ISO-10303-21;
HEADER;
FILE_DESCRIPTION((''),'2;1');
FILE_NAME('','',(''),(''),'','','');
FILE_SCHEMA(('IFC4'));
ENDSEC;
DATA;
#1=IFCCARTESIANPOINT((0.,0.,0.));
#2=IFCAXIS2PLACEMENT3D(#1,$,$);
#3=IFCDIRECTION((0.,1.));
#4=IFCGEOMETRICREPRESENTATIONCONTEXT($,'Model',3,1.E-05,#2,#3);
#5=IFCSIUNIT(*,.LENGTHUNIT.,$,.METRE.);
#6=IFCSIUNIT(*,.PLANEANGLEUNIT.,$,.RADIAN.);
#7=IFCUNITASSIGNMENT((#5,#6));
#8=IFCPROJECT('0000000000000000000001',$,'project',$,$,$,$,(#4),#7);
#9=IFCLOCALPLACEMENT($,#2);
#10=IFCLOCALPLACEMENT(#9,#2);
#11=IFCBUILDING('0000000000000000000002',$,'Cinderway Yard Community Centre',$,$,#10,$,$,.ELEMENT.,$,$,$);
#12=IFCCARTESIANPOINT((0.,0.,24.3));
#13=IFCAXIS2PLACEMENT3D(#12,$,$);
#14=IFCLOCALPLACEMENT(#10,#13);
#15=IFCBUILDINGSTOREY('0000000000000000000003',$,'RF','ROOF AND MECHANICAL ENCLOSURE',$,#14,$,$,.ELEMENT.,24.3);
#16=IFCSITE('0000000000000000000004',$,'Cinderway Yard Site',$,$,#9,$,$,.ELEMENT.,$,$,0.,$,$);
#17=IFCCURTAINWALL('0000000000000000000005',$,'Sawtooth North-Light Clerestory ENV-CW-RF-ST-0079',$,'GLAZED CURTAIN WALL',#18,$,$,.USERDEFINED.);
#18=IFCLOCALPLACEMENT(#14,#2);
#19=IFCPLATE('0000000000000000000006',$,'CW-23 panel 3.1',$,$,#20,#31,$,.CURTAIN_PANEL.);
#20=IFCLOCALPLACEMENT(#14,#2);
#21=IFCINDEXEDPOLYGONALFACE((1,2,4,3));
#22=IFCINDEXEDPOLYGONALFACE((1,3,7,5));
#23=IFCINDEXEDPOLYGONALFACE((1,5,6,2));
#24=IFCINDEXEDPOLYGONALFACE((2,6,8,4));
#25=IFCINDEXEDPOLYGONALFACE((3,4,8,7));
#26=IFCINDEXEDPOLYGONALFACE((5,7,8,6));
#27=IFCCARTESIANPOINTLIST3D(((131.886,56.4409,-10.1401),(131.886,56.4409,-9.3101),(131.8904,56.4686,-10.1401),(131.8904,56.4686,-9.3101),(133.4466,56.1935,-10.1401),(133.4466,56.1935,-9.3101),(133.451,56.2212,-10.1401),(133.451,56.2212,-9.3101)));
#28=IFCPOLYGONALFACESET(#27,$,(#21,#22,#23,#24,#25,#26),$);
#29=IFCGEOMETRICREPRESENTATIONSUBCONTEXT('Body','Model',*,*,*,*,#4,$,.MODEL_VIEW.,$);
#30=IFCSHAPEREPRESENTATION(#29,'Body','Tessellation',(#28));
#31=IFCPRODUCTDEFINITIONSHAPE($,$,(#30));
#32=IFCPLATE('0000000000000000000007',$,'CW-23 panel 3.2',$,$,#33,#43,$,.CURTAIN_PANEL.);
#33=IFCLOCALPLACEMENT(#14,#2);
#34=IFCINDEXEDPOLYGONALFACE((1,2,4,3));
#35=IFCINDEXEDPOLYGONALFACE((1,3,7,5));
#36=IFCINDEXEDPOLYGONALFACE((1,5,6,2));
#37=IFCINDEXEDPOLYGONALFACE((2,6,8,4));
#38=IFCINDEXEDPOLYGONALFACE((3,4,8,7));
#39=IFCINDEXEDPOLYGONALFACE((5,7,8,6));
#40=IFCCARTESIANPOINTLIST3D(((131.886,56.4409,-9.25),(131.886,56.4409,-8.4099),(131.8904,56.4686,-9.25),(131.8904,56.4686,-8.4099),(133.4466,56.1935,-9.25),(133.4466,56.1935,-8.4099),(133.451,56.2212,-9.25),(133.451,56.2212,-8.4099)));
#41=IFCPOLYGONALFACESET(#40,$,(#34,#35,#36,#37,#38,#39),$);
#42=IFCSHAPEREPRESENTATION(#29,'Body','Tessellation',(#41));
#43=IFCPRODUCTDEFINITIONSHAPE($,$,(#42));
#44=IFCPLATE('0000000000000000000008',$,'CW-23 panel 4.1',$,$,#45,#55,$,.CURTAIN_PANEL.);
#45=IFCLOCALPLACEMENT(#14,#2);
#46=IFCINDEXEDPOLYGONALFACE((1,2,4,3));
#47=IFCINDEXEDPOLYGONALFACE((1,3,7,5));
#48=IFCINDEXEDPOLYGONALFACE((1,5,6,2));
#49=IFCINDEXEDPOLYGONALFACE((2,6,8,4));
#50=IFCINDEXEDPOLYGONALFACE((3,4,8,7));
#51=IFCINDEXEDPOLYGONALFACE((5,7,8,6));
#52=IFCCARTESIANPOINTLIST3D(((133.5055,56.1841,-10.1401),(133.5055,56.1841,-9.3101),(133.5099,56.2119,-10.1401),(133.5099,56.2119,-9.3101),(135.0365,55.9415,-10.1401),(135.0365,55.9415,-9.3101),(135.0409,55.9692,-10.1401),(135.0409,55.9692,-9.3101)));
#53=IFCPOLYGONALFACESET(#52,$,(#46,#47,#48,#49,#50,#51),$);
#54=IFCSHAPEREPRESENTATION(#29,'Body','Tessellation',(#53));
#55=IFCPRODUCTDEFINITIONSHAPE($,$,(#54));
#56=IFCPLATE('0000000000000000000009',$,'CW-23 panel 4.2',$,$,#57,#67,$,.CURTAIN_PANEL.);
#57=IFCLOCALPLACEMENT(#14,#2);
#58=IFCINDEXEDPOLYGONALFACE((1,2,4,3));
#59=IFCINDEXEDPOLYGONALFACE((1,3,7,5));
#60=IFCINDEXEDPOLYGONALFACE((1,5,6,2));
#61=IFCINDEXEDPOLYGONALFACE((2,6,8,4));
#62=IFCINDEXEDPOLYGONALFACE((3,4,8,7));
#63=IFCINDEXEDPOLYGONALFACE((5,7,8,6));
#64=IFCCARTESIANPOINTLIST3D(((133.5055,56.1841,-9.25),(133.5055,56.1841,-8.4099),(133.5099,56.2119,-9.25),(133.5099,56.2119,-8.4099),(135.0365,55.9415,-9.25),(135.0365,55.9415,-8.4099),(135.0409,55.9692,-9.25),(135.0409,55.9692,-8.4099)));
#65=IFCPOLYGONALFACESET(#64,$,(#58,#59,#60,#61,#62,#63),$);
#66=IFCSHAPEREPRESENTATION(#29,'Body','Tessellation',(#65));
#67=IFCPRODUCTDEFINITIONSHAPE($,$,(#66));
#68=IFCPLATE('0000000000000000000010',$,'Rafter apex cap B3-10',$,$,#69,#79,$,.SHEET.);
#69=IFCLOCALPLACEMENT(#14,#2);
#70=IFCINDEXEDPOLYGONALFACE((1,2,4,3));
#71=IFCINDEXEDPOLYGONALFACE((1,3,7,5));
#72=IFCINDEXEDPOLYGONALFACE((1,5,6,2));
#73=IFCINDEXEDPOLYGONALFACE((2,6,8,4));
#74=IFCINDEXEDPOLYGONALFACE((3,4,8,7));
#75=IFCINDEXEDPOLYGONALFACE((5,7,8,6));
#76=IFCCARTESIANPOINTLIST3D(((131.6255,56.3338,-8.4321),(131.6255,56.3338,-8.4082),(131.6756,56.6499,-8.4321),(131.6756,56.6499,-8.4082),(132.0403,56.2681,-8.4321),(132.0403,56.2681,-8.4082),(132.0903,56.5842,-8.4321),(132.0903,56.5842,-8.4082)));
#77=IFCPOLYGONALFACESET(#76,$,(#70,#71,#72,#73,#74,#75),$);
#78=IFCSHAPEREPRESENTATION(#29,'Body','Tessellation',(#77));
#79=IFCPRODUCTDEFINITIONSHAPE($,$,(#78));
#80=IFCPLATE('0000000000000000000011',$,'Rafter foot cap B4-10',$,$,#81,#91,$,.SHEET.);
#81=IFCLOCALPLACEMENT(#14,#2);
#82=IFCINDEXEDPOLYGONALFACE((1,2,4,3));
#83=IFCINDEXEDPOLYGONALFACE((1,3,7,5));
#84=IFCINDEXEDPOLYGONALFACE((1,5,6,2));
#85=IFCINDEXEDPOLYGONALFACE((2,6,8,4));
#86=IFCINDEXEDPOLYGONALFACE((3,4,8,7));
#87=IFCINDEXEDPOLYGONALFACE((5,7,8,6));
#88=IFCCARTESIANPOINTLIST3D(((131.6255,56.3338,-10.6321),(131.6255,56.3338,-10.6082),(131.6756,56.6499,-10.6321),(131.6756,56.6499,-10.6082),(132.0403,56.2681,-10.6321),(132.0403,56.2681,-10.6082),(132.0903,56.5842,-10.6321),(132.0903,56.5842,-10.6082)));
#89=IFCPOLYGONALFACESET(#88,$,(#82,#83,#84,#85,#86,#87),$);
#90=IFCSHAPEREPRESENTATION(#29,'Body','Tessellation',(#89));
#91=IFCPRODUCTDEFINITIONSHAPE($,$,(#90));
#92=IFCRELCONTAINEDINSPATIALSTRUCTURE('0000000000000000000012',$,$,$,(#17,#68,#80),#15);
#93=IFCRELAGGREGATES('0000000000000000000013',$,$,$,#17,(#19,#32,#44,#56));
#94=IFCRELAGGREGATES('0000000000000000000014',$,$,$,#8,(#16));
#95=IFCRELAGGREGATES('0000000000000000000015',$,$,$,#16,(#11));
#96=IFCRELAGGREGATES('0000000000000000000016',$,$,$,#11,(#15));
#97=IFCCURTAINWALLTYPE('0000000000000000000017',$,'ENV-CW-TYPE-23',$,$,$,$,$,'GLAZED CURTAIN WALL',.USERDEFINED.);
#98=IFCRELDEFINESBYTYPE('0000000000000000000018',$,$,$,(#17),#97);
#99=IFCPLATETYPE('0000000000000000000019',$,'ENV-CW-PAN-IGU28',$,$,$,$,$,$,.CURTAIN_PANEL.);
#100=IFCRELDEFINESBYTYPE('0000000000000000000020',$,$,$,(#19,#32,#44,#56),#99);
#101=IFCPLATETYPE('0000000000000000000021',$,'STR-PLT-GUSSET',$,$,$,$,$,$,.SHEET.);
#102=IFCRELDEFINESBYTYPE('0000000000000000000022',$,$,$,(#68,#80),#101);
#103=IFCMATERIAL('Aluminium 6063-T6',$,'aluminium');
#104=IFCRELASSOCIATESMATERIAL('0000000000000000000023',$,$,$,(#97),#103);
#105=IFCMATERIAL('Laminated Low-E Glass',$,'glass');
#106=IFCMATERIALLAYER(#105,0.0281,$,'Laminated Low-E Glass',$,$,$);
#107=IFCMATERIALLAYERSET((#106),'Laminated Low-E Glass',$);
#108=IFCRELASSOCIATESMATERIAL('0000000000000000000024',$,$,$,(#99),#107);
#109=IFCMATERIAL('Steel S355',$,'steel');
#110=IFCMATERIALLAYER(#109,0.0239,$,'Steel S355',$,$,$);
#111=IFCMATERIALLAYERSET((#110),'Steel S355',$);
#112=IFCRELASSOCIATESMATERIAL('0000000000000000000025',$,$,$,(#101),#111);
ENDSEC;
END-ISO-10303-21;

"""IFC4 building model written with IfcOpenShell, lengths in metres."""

from ifc_helpers import new_model, si_unit, direction, frame, origin, origin_2d, place, context, subcontext, project, spatial, rectangle, extrude, material, layer, layer_set, type_object, element, aggregate, save


model = new_model("IFC4")

# Units and contexts
model_context = context("Model", 3, precision=1e-05, world=origin(), true_north=direction((0.0, 1.0)))
body_context = subcontext(model_context, "Body", "Model", "MODEL_VIEW")
ifc_project = project(units=[si_unit("LENGTHUNIT", "METRE"), si_unit("PLANEANGLEUNIT", "RADIAN")], contexts=[model_context])

# Site, building, storey
site_placement = place(None, origin())
site = spatial("IfcSite", under=ifc_project, at=site_placement, Name="Cinderway Yard Site", CompositionType="ELEMENT", RefElevation=0.0)
building_placement = place(site_placement, origin())
building = spatial("IfcBuilding", under=site, at=building_placement, Name="Cinderway Yard Community Centre", CompositionType="ELEMENT")
storey_placement = place(building_placement, frame((0.0, 0.0, 24.3)))
storey = spatial("IfcBuildingStorey", under=building, at=storey_placement, Name="RF", Description="ROOF AND MECHANICAL ENCLOSURE", CompositionType="ELEMENT", Elevation=24.3)

# Shared definitions
ifc_material_1 = material(Name="Aluminium 6063-T6", Category="aluminium")
curtain_wall_type = type_object("IfcCurtainWallType", Name="ENV-CW-TYPE-23", ElementType="GLAZED CURTAIN WALL", PredefinedType="USERDEFINED", material=ifc_material_1)

# Curtain wall
curtain_wall_1_placement = place(storey_placement, origin())
curtain_wall_1 = element("IfcCurtainWall", 1, at=curtain_wall_1_placement, inside=storey, type_object=curtain_wall_type, Name="Sawtooth North-Light Clerestory ENV-CW-RF-ST-0079", ObjectType="GLAZED CURTAIN WALL", PredefinedType="USERDEFINED")

# Shared definitions
ifc_material_2 = material(Name="Steel S355", Category="steel")

# Plates
ifc_material_3 = material(Name="Laminated Low-E Glass", Category="glass")
ifc_layer_1 = layer(ifc_material_3, 0.0281, Name="Laminated Low-E Glass")
ifc_layer_set_1 = layer_set([ifc_layer_1], Name="Laminated Low-E Glass")
plate_type_1 = type_object("IfcPlateType", Name="ENV-CW-PAN-IGU28", PredefinedType="CURTAIN_PANEL", material=ifc_layer_set_1)
plate_1_placement = place(storey_placement, frame((132.6685, 56.3311, -10.1401), z_axis=(0.0, 0.0, 1.0), x_axis=(0.987669, -0.156557, 0.0)))
plate_1 = element("IfcPlate", 2, at=plate_1_placement, type_object=plate_type_1, Name="CW-23 panel 3.1", PredefinedType="CURTAIN_PANEL", context=body_context, shape_type="SweptSolid", body=[
    extrude(rectangle(XDim=1.5801, YDim=0.0281, at=origin_2d()), origin(), (0.0, 0.0, 1.0), 0.8301),
])
plate_2_placement = place(storey_placement, frame((132.6685, 56.3311, -9.25), z_axis=(0.0, 0.0, 1.0), x_axis=(0.987669, -0.156557, 0.0)))
plate_2 = element("IfcPlate", 3, at=plate_2_placement, type_object=plate_type_1, Name="CW-23 panel 3.2", PredefinedType="CURTAIN_PANEL", context=body_context, shape_type="SweptSolid", body=[
    extrude(rectangle(XDim=1.5801, YDim=0.0281, at=origin_2d()), origin(), (0.0, 0.0, 1.0), 0.8401),
])
plate_3_placement = place(storey_placement, frame((134.2732, 56.0767, -10.1401), z_axis=(0.0, 0.0, 1.0), x_axis=(0.987669, -0.156557, 0.0)))
plate_3 = element("IfcPlate", 4, at=plate_3_placement, type_object=plate_type_1, Name="CW-23 panel 4.1", PredefinedType="CURTAIN_PANEL", context=body_context, shape_type="SweptSolid", body=[
    extrude(rectangle(XDim=1.55, YDim=0.0281, at=origin_2d()), origin(), (0.0, 0.0, 1.0), 0.8301),
])
plate_4_placement = place(storey_placement, frame((134.2732, 56.0767, -9.25), z_axis=(0.0, 0.0, 1.0), x_axis=(0.987669, -0.156557, 0.0)))
plate_4 = element("IfcPlate", 5, at=plate_4_placement, type_object=plate_type_1, Name="CW-23 panel 4.2", PredefinedType="CURTAIN_PANEL", context=body_context, shape_type="SweptSolid", body=[
    extrude(rectangle(XDim=1.55, YDim=0.0281, at=origin_2d()), origin(), (0.0, 0.0, 1.0), 0.8401),
])
aggregate(curtain_wall_1, [plate_1, plate_2, plate_3, plate_4])

# Plates
ifc_layer_2 = layer(ifc_material_2, 0.0239, Name="Steel S355")
ifc_layer_set_2 = layer_set([ifc_layer_2], Name="Steel S355")
plate_type_2 = type_object("IfcPlateType", Name="STR-PLT-GUSSET", PredefinedType="SHEET", material=ifc_layer_set_2)
for number, where, z_axis, x_axis, name in (
    (6, (131.8579, 56.459, -8.4321), (0.0, 0.0, 1.0), (0.987688, -0.156434, 0.0), "Rafter apex cap B3-10"),
    (7, (131.8579, 56.459, -10.6321), (0.0, 0.0, 1.0), (0.987688, -0.156434, 0.0), "Rafter foot cap B4-10"),
):
    element("IfcPlate", number, at=place(storey_placement, frame(where, z_axis=z_axis, x_axis=x_axis)), inside=storey, type_object=plate_type_2, Name=name, PredefinedType="SHEET", context=body_context, shape_type="SweptSolid", body=[
        extrude(rectangle(XDim=0.4199, YDim=0.3201, at=origin_2d()), origin(), (0.0, 0.0, 1.0), 0.0239),
    ])

save(model, "model.ifc")
